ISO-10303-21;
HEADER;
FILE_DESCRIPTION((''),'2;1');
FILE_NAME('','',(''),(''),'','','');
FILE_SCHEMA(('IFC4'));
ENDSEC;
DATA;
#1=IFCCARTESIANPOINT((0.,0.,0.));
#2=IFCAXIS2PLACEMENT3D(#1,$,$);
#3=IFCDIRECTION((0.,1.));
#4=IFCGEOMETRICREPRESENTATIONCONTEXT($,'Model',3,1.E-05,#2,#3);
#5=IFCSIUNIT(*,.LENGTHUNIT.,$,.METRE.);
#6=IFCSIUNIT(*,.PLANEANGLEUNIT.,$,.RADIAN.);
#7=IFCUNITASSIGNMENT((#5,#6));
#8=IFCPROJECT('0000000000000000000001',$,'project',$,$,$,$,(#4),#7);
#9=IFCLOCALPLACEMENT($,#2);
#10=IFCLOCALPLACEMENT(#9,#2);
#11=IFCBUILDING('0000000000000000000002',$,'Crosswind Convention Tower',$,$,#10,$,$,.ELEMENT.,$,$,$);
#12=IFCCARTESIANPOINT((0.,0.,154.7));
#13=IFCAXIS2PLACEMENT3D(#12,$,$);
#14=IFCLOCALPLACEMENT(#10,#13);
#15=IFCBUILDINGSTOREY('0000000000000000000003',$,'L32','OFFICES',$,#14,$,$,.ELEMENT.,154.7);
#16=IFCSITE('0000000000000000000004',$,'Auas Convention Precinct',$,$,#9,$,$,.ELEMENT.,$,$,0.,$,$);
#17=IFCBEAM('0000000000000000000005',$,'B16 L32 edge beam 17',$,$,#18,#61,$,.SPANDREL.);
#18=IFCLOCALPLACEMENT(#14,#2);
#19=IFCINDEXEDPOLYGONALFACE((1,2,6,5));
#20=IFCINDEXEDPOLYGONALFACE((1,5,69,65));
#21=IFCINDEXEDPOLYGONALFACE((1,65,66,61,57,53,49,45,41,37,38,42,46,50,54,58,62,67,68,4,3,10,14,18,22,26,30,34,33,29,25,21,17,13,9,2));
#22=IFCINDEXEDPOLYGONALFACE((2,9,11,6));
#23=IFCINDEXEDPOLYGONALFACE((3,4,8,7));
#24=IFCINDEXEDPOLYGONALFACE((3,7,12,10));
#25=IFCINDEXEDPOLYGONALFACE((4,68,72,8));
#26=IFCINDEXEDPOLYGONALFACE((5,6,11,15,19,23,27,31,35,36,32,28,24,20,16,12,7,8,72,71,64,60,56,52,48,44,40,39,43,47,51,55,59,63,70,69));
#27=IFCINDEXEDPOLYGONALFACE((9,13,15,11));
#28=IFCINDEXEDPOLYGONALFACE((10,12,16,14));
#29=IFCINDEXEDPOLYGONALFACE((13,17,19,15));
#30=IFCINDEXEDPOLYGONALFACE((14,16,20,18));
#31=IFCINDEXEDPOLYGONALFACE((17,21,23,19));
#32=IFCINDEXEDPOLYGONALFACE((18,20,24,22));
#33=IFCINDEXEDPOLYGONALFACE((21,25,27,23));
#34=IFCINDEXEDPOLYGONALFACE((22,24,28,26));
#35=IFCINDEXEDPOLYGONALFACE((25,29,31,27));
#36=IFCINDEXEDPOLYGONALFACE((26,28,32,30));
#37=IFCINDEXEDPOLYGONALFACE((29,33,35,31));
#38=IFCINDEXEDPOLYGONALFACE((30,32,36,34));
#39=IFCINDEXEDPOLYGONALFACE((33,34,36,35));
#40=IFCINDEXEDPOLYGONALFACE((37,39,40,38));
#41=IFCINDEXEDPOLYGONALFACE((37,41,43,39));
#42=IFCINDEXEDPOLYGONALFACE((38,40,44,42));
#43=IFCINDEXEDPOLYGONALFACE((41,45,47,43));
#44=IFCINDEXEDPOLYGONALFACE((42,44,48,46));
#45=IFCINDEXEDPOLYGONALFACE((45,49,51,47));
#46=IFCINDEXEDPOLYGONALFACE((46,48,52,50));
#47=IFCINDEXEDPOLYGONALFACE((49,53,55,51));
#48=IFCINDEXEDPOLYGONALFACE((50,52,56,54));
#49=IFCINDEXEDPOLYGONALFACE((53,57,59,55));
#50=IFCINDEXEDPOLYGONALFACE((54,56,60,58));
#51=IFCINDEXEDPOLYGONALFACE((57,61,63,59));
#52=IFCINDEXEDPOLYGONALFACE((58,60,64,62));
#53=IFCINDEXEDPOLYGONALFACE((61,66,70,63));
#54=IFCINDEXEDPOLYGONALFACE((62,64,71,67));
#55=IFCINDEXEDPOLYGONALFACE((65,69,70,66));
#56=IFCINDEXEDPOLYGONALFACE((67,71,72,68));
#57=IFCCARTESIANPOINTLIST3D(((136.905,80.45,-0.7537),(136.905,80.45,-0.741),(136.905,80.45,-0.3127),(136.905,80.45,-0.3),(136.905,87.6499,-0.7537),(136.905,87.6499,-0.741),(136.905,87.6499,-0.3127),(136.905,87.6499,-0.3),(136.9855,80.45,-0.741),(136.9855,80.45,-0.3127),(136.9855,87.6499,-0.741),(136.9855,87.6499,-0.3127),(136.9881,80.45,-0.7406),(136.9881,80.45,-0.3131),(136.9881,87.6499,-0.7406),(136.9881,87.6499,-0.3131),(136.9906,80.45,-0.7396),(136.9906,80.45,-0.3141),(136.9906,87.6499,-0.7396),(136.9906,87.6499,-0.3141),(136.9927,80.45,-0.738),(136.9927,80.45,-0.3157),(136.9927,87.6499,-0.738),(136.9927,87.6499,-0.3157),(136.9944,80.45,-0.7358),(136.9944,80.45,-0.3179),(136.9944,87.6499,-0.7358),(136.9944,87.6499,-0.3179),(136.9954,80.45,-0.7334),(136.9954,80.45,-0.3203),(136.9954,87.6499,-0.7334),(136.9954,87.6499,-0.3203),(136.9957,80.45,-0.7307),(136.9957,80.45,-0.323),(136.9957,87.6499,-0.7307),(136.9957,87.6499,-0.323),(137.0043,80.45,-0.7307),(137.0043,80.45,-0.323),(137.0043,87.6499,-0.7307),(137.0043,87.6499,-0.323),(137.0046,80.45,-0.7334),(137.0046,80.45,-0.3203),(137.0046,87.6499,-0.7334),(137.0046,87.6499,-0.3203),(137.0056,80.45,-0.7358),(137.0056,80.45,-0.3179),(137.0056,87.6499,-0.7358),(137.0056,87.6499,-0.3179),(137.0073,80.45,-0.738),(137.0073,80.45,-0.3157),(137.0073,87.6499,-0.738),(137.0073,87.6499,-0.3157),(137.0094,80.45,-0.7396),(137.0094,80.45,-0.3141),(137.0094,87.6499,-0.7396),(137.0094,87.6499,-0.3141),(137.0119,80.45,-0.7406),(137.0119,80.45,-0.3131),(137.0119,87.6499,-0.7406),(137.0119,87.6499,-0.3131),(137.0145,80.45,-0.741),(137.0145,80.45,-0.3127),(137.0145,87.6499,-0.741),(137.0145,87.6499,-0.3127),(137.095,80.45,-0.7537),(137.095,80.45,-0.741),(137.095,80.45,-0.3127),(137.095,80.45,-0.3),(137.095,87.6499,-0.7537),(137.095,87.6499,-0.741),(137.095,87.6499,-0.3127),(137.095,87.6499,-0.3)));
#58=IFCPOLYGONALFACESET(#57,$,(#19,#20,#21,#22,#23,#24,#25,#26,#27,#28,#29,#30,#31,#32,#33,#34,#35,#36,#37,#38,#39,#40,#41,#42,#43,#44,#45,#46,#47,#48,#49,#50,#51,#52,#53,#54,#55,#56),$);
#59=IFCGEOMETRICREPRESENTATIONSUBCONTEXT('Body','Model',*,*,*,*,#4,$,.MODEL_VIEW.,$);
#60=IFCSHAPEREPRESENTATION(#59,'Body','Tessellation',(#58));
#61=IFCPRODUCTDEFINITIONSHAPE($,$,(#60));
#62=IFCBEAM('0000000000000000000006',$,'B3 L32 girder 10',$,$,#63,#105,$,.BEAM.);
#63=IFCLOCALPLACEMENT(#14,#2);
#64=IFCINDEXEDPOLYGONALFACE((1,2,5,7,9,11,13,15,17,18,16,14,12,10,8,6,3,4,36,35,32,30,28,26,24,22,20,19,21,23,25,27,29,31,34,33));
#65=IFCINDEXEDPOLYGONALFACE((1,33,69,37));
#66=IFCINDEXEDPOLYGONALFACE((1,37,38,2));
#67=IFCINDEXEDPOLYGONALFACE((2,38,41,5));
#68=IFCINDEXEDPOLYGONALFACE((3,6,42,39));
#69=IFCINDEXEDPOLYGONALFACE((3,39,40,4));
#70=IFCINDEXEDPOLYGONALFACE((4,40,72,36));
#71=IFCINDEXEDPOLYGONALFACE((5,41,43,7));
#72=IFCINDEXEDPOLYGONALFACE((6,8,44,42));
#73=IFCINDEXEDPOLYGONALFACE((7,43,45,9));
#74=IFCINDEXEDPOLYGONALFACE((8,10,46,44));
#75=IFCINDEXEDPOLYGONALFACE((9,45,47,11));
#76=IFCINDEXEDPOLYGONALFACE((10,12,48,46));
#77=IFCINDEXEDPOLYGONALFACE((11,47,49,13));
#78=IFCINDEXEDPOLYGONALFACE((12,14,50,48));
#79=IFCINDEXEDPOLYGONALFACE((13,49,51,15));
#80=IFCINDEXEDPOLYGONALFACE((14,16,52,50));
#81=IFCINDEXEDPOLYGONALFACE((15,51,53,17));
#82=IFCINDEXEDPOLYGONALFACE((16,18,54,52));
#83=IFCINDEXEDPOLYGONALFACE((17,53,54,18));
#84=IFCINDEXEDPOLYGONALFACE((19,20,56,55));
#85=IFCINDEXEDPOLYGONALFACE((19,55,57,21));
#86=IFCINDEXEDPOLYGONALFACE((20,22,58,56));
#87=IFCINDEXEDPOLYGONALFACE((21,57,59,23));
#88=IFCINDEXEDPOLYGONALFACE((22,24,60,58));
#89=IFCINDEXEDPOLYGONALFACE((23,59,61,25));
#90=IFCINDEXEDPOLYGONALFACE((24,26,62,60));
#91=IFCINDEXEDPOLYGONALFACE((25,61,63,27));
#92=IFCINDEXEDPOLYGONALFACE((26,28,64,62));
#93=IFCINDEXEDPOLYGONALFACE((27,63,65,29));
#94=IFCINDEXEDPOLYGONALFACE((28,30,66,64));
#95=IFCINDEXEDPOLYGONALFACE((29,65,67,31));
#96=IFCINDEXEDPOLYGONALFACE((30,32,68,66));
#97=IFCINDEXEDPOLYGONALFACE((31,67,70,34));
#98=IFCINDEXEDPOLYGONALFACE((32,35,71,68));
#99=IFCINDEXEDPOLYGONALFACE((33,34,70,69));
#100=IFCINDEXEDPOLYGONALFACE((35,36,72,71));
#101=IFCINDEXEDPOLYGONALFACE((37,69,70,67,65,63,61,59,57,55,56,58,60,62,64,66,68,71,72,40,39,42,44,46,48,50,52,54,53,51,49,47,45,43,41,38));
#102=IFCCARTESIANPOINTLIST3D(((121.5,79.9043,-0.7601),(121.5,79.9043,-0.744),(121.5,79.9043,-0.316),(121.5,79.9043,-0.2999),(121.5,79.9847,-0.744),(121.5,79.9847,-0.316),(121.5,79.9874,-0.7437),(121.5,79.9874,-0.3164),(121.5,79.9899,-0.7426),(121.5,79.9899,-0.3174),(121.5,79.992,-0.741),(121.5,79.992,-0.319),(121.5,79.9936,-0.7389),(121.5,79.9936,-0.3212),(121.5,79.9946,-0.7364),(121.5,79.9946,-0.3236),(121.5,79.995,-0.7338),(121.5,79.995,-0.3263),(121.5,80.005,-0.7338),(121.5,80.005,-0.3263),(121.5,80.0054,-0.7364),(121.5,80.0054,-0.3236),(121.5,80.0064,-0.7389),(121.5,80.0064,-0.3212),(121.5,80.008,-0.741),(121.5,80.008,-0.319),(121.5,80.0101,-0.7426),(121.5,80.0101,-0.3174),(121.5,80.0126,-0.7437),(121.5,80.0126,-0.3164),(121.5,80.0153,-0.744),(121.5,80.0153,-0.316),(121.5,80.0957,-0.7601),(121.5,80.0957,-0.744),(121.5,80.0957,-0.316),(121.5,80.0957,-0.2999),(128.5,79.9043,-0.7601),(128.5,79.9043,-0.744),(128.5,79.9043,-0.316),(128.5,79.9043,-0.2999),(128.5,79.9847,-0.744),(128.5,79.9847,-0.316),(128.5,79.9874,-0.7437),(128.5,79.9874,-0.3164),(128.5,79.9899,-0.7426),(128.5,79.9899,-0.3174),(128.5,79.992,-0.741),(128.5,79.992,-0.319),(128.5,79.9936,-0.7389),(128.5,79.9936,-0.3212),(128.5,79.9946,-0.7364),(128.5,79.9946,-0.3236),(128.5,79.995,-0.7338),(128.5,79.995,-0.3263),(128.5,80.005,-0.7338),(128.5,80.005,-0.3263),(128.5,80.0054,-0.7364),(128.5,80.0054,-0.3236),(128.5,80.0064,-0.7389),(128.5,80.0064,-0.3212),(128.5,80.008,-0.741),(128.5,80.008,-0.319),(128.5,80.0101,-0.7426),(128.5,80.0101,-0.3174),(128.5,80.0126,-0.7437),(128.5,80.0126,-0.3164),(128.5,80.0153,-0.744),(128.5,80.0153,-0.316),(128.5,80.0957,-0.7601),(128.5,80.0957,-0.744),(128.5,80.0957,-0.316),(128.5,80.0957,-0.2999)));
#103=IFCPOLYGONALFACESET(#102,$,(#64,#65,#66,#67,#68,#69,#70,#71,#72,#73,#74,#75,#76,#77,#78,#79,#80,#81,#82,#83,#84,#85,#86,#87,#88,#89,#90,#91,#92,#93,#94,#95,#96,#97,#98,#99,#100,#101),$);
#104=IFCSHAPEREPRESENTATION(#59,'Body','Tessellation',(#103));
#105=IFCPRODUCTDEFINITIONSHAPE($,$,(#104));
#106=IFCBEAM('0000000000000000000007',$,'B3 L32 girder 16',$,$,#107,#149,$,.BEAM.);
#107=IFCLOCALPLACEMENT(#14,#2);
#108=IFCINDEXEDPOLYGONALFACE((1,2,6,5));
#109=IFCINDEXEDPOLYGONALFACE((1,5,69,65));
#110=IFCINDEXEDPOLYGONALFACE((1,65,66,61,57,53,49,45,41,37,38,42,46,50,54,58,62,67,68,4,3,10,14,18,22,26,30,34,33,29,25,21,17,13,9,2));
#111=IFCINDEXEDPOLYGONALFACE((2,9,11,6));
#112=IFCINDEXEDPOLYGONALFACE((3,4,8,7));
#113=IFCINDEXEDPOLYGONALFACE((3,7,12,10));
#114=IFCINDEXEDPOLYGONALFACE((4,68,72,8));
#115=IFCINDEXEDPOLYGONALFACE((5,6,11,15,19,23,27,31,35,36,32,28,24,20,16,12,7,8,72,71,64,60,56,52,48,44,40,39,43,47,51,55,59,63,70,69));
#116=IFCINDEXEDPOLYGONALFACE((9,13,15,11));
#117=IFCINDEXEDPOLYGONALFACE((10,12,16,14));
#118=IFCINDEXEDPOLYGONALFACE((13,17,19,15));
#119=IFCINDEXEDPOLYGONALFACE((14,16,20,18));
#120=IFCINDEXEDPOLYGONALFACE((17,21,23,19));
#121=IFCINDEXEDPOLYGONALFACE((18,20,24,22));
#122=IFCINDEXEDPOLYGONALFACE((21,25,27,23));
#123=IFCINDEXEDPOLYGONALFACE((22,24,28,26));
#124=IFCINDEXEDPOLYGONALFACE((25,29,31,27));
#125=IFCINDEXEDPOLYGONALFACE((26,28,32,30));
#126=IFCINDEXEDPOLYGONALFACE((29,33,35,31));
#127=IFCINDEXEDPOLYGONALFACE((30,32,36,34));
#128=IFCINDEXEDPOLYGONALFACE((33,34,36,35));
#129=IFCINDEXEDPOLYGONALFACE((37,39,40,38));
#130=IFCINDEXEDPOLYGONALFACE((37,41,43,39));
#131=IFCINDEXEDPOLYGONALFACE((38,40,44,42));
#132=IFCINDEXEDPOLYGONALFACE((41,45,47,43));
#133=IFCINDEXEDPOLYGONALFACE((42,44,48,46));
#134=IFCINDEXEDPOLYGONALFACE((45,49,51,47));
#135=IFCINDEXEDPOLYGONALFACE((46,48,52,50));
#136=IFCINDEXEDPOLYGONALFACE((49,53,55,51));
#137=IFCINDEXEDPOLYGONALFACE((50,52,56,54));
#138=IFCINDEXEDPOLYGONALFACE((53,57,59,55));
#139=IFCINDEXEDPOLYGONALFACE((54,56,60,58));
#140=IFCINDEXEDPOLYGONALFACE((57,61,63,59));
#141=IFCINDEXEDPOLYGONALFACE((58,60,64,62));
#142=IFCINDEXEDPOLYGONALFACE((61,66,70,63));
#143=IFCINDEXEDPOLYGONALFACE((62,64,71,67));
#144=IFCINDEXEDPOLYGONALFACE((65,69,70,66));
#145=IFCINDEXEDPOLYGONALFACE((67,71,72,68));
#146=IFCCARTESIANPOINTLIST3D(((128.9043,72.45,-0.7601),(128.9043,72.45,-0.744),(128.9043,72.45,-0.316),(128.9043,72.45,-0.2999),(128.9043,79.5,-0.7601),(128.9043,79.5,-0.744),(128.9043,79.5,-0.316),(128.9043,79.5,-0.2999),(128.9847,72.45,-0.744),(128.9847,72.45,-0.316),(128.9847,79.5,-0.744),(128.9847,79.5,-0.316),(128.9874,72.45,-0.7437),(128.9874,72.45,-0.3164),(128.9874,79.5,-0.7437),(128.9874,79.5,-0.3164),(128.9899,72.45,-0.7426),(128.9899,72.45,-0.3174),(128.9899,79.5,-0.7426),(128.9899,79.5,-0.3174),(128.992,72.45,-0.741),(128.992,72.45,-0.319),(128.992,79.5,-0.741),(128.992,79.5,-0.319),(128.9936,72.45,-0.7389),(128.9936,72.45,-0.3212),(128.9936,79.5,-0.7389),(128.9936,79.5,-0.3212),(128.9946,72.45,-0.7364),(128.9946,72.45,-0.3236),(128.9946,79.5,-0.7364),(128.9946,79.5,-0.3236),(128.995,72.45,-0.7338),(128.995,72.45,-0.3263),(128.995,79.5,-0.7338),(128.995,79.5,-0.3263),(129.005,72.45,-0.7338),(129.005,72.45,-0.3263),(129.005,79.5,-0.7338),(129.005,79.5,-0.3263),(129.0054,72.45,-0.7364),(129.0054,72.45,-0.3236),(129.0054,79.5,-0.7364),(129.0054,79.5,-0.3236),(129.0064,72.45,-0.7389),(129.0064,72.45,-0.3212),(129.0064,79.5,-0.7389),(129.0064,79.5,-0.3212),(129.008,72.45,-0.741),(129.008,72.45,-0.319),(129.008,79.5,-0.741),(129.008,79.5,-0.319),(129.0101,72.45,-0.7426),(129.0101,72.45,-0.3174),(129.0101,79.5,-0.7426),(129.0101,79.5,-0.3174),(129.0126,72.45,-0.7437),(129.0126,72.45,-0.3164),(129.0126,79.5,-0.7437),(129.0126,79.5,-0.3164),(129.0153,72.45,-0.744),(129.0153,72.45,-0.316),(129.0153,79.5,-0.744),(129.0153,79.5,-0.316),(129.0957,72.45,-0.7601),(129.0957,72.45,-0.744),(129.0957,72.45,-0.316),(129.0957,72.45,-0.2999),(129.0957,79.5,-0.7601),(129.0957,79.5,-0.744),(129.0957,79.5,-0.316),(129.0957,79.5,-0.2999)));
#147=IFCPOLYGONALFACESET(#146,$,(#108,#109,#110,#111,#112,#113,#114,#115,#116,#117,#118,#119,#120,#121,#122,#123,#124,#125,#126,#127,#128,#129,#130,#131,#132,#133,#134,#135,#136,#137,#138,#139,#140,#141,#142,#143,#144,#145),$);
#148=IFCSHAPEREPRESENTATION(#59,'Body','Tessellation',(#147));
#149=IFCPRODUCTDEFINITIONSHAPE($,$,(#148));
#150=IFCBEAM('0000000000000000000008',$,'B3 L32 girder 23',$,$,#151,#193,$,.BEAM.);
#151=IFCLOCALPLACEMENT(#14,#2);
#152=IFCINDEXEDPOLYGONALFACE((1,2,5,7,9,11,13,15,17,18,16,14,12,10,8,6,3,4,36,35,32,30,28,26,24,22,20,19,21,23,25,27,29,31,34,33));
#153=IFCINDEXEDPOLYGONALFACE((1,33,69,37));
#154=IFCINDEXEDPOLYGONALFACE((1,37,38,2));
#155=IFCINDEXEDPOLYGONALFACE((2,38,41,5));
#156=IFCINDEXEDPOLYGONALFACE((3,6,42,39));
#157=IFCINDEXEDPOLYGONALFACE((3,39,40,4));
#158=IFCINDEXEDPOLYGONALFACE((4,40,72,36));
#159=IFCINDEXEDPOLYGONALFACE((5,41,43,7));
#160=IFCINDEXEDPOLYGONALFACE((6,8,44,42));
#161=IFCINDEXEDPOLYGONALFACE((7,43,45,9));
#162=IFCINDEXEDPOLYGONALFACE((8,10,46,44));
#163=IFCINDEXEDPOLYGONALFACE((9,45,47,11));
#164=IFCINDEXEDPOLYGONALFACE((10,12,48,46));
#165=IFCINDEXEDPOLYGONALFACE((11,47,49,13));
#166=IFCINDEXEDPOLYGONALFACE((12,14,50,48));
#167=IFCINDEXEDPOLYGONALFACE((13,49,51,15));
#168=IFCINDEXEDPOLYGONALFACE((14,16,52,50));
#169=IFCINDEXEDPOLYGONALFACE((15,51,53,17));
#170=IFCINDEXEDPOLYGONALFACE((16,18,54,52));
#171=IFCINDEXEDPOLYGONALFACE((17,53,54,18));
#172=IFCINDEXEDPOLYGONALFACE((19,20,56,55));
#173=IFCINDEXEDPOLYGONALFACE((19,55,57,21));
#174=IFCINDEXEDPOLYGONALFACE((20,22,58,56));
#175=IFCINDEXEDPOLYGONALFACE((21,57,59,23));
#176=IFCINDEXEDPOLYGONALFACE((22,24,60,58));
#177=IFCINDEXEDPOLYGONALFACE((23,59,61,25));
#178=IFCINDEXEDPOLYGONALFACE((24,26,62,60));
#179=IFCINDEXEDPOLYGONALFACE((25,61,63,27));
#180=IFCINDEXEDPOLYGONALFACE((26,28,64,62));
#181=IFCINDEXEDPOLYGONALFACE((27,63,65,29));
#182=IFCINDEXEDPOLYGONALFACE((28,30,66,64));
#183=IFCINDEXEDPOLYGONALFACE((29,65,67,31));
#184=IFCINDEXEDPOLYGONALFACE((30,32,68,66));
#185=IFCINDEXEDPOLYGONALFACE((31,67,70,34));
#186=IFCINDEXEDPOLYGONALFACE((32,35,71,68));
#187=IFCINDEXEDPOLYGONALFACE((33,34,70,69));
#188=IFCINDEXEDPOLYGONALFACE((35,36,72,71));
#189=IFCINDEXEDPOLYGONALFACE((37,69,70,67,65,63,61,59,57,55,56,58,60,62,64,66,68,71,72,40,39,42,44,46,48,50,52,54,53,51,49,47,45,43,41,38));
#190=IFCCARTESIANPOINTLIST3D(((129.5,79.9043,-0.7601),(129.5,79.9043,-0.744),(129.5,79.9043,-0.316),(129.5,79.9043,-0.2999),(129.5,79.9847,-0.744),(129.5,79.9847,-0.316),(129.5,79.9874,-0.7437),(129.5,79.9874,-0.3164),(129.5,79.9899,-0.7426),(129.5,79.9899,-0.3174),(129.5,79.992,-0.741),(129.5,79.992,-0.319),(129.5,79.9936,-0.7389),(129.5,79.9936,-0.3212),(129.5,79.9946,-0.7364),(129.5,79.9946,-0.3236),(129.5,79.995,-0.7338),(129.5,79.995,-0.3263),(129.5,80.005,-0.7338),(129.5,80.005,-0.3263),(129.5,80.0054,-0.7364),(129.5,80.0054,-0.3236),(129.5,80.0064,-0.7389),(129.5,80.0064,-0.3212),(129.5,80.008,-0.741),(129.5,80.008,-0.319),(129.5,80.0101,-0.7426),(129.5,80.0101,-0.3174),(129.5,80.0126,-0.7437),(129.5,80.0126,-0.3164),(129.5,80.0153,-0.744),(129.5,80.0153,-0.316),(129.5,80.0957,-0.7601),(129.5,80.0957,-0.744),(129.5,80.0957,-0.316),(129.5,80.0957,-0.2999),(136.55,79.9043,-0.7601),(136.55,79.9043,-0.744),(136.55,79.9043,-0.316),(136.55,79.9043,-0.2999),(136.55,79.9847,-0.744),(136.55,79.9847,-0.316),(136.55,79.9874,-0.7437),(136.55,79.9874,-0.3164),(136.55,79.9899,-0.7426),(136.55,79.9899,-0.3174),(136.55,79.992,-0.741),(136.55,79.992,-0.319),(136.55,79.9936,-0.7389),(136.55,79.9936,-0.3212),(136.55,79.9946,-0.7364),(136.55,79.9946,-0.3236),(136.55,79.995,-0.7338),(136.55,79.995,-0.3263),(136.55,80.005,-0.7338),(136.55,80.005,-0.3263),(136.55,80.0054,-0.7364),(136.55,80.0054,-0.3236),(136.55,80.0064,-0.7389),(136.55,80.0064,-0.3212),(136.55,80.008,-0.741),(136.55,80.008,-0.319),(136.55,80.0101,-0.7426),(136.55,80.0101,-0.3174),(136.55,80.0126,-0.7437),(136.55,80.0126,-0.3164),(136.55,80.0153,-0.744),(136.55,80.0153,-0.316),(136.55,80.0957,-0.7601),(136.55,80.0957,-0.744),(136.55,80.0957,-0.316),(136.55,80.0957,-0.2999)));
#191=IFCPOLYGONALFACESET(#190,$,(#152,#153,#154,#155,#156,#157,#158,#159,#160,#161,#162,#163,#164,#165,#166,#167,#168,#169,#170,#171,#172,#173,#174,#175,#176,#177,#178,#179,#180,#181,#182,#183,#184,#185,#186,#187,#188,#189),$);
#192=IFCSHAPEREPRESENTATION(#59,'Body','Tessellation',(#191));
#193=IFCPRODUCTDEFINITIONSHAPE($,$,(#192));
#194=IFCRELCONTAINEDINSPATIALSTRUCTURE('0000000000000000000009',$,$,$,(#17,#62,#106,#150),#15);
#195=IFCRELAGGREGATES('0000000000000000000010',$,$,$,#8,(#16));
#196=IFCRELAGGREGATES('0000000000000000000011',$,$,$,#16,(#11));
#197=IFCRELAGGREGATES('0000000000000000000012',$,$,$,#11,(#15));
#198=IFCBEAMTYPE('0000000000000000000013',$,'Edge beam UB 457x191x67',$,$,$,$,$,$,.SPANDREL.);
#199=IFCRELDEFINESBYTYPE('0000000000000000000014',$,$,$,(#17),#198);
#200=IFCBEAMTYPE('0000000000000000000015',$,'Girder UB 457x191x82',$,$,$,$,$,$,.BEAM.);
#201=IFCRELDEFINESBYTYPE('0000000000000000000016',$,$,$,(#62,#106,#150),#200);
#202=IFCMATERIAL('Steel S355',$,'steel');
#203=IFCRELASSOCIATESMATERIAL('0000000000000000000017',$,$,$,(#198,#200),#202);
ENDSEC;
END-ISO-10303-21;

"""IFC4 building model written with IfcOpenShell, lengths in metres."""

from ifc_helpers import new_model, si_unit, direction, frame, origin, origin_2d, place, context, subcontext, project, spatial, i_section, extrude, material, material_profile, profile_set, type_object, element, save


model = new_model("IFC4")

# Units and contexts
model_context = context("Model", 3, precision=1e-05, world=origin(), true_north=direction((0.0, 1.0)))
body_context = subcontext(model_context, "Body", "Model", "MODEL_VIEW")
ifc_project = project(units=[si_unit("LENGTHUNIT", "METRE"), si_unit("PLANEANGLEUNIT", "RADIAN")], contexts=[model_context])

# Site, building, storey
site_placement = place(None, origin())
site = spatial("IfcSite", under=ifc_project, at=site_placement, Name="Auas Convention Precinct", CompositionType="ELEMENT", RefElevation=0.0)
building_placement = place(site_placement, origin())
building = spatial("IfcBuilding", under=site, at=building_placement, Name="Crosswind Convention Tower", CompositionType="ELEMENT")
storey_placement = place(building_placement, frame((0.0, 0.0, 154.7)))
storey = spatial("IfcBuildingStorey", under=building, at=storey_placement, Name="L32", Description="OFFICES", CompositionType="ELEMENT", Elevation=154.7)

# Beams
ifc_material_1 = material(Name="Steel S355", Category="steel")
ifc_material_profile_1 = material_profile(ifc_material_1, i_section(OverallWidth=0.1899, OverallDepth=0.4536, WebThickness=0.0085, FlangeThickness=0.0127, FilletRadius=0.0103, at=origin_2d()), Name="UB 457x191x67")
ifc_profile_set_1 = profile_set([ifc_material_profile_1], Name="Steel S355")
beam_type_1 = type_object("IfcBeamType", Name="Edge beam UB 457x191x67", PredefinedType="SPANDREL", material=ifc_profile_set_1)
for number, where, z_axis, x_axis, name in (
    (1, (137.0, 80.45, -0.5269), (0.0, 1.0, 0.0), (-1.0, 0.0, 0.0), "B16 L32 edge beam 17"),
):
    element("IfcBeam", number, at=place(storey_placement, frame(where, z_axis=z_axis, x_axis=x_axis)), inside=storey, type_object=beam_type_1, Name=name, PredefinedType="SPANDREL", context=body_context, shape_type="SweptSolid", body=[
        extrude(i_section(OverallWidth=0.1899, OverallDepth=0.4536, WebThickness=0.0085, FlangeThickness=0.0127, FilletRadius=0.0103, at=origin_2d()), origin(), (0.0, 0.0, 1.0), 7.2),
    ])
ifc_material_profile_2 = material_profile(ifc_material_1, i_section(OverallWidth=0.1914, OverallDepth=0.4602, WebThickness=0.01, FlangeThickness=0.0161, FilletRadius=0.0103, at=origin_2d()), Name="UB 457x191x82")
ifc_profile_set_2 = profile_set([ifc_material_profile_2], Name="Steel S355")
beam_type_2 = type_object("IfcBeamType", Name="Girder UB 457x191x82", PredefinedType="BEAM", material=ifc_profile_set_2)
beam_1_placement = place(storey_placement, frame((121.5, 80.0, -0.53), z_axis=(1.0, 0.0, 0.0), x_axis=(0.0, 1.0, 0.0)))
element("IfcBeam", 2, at=beam_1_placement, inside=storey, type_object=beam_type_2, Name="B3 L32 girder 10", PredefinedType="BEAM", context=body_context, shape_type="SweptSolid", body=[
    extrude(i_section(OverallWidth=0.1914, OverallDepth=0.4602, WebThickness=0.01, FlangeThickness=0.0161, FilletRadius=0.0103, at=origin_2d()), origin(), (0.0, 0.0, 1.0), 7.0),
])
for number, where, z_axis, x_axis, name in (
    (3, (129.0, 72.45, -0.53), (0.0, 1.0, 0.0), (-1.0, 0.0, 0.0), "B3 L32 girder 16"),
    (4, (129.5, 80.0, -0.53), (1.0, 0.0, 0.0), (0.0, 1.0, 0.0), "B3 L32 girder 23"),
):
    element("IfcBeam", number, at=place(storey_placement, frame(where, z_axis=z_axis, x_axis=x_axis)), inside=storey, type_object=beam_type_2, Name=name, PredefinedType="BEAM", context=body_context, shape_type="SweptSolid", body=[
        extrude(i_section(OverallWidth=0.1914, OverallDepth=0.4602, WebThickness=0.01, FlangeThickness=0.0161, FilletRadius=0.0103, at=origin_2d()), origin(), (0.0, 0.0, 1.0), 7.05),
    ])

save(model, "model.ifc")
